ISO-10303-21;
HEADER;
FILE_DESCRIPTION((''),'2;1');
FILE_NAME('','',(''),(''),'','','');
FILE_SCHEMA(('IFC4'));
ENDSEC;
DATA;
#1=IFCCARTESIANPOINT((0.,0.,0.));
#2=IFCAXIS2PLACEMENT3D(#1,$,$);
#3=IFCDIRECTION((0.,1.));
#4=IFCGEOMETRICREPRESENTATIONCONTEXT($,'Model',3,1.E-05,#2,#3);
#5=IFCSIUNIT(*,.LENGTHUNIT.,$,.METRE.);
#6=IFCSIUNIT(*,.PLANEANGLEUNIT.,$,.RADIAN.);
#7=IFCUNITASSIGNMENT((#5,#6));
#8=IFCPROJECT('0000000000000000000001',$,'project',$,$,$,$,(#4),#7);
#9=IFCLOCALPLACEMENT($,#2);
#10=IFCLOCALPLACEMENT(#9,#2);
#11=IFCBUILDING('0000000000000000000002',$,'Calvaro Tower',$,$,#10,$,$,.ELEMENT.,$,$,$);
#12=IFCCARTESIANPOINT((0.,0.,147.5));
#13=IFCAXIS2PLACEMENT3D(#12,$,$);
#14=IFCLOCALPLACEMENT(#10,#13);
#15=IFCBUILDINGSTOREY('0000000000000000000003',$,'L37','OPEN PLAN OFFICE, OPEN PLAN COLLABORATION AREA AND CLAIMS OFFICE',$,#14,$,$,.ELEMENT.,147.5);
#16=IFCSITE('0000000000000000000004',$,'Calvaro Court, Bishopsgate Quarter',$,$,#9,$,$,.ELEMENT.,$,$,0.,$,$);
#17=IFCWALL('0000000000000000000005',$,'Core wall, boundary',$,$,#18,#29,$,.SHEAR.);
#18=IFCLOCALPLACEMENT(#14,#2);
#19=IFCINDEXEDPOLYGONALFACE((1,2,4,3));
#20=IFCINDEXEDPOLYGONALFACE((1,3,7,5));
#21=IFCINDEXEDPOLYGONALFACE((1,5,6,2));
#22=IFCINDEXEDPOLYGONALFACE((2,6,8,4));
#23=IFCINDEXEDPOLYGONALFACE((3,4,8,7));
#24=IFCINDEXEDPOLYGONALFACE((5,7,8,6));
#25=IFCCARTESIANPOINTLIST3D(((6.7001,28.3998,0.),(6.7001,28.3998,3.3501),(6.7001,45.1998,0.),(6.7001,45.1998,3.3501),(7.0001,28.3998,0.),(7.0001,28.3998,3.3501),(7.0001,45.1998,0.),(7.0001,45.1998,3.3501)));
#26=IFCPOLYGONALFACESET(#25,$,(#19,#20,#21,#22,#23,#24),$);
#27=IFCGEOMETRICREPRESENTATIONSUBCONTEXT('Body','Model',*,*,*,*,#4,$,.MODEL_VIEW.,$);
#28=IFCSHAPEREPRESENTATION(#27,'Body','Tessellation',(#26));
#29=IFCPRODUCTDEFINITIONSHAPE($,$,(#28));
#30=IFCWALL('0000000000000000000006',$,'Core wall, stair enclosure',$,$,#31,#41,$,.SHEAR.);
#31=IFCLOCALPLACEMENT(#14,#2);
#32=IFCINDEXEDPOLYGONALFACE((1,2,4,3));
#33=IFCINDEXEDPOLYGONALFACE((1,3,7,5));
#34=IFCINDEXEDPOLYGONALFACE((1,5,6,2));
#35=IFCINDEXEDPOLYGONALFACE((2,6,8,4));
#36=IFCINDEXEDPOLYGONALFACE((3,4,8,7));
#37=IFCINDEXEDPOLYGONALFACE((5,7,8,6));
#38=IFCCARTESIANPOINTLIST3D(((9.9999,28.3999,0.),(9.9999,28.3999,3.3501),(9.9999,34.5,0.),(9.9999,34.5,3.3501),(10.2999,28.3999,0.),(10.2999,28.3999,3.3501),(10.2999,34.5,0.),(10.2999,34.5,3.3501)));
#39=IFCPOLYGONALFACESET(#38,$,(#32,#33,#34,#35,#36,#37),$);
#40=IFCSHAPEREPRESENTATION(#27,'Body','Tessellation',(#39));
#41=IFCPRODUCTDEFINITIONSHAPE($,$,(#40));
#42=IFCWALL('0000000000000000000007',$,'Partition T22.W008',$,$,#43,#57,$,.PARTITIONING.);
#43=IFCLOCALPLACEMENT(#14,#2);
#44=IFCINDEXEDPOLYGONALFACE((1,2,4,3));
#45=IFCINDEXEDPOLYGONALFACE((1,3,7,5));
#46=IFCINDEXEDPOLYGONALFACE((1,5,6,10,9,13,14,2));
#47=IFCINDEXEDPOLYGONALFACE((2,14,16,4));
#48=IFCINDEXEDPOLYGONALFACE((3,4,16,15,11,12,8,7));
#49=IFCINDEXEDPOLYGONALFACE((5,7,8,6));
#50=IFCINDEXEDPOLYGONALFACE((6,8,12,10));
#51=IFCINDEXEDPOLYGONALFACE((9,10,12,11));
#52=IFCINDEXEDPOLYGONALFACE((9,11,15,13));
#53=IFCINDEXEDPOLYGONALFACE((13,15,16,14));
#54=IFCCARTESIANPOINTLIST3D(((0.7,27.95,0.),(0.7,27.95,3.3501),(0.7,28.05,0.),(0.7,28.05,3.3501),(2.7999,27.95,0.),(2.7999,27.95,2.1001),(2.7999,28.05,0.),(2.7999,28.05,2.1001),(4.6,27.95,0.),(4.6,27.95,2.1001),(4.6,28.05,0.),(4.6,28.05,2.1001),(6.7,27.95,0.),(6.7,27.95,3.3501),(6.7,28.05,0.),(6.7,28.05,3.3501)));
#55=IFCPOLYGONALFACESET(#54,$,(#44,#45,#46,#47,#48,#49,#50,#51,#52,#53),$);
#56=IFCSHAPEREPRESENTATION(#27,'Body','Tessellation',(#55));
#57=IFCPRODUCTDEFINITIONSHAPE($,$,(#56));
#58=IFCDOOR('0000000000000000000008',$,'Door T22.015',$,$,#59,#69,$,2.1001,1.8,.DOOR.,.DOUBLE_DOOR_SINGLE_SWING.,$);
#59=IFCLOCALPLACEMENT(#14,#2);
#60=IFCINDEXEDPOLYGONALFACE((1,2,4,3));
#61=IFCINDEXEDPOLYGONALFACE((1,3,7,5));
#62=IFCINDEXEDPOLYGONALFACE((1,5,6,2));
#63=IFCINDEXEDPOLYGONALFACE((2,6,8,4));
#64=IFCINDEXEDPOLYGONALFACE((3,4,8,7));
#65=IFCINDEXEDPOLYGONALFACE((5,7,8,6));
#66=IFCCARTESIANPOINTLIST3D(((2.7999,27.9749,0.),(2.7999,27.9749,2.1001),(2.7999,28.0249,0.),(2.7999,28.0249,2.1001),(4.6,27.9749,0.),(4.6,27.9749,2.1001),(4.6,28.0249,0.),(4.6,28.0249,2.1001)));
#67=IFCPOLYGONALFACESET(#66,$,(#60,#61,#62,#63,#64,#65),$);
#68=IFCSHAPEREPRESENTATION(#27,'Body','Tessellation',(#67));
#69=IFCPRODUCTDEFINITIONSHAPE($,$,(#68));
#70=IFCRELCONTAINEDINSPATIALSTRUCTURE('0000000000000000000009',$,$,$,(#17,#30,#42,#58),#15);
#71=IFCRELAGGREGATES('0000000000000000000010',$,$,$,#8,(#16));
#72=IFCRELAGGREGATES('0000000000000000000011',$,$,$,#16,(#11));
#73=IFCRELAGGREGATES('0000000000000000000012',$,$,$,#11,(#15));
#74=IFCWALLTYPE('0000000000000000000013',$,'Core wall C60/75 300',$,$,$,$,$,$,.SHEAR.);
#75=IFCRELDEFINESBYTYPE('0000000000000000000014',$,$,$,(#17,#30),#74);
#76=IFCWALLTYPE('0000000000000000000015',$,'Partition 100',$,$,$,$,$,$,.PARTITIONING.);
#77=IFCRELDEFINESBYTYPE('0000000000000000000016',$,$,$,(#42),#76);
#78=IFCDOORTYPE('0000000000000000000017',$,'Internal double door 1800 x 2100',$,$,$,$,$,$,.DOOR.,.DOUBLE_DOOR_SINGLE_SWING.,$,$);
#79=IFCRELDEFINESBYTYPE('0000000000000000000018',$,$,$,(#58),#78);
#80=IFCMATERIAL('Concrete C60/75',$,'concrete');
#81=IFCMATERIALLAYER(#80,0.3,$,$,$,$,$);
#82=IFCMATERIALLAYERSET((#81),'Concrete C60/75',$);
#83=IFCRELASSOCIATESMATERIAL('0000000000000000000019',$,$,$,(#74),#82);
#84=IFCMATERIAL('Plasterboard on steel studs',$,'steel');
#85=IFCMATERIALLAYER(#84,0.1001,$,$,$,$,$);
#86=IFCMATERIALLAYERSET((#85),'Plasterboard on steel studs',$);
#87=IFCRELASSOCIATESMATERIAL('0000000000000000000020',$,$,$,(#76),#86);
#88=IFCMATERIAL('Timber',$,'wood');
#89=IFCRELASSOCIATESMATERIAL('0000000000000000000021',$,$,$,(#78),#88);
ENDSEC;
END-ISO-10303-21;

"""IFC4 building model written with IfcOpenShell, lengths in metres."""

from ifc_helpers import new_model, si_unit, direction, frame, frame_2d, origin, place, context, subcontext, project, spatial, rectangle, extrude, material, layer, layer_set, type_object, element, fill, save


model = new_model("IFC4")

# Units and contexts
model_context = context("Model", 3, precision=1e-05, world=origin(), true_north=direction((0.0, 1.0)))
body_context = subcontext(model_context, "Body", "Model", "MODEL_VIEW")
ifc_project = project(units=[si_unit("LENGTHUNIT", "METRE"), si_unit("PLANEANGLEUNIT", "RADIAN")], contexts=[model_context])

# Site, building, storey
site_placement = place(None, origin())
site = spatial("IfcSite", under=ifc_project, at=site_placement, Name="Calvaro Court, Bishopsgate Quarter", CompositionType="ELEMENT", RefElevation=0.0)
building_placement = place(site_placement, origin())
building = spatial("IfcBuilding", under=site, at=building_placement, Name="Calvaro Tower", CompositionType="ELEMENT")
storey_placement = place(building_placement, frame((0.0, 0.0, 147.5)))
storey = spatial("IfcBuildingStorey", under=building, at=storey_placement, Name="L37", Description="OPEN PLAN OFFICE, OPEN PLAN COLLABORATION AREA AND CLAIMS OFFICE", CompositionType="ELEMENT", Elevation=147.5)

# Walls
ifc_material_1 = material(Name="Concrete C60/75", Category="concrete")
ifc_layer_1 = layer(ifc_material_1, 0.3)
ifc_layer_set_1 = layer_set([ifc_layer_1], Name="Concrete C60/75")
wall_type_1 = type_object("IfcWallType", Name="Core wall C60/75 300", PredefinedType="SHEAR", material=ifc_layer_set_1)
wall_1_placement = place(storey_placement, frame((6.8501, 28.3999, 0.0), z_axis=(0.0, 0.0, 1.0), x_axis=(0.0, 1.0, 0.0)))
element("IfcWall", 1, at=wall_1_placement, inside=storey, type_object=wall_type_1, Name="Core wall, boundary", PredefinedType="SHEAR", context=body_context, shape_type="SweptSolid", body=[
    extrude(rectangle(XDim=16.8, YDim=0.3, at=frame_2d((8.3999, 0.0))), origin(), (0.0, 0.0, 1.0), 3.3501),
])
wall_2_placement = place(storey_placement, frame((10.1499, 28.3999, 0.0), z_axis=(0.0, 0.0, 1.0), x_axis=(0.0, 1.0, 0.0)))
element("IfcWall", 2, at=wall_2_placement, inside=storey, type_object=wall_type_1, Name="Core wall, stair enclosure", PredefinedType="SHEAR", context=body_context, shape_type="SweptSolid", body=[
    extrude(rectangle(XDim=6.1001, YDim=0.3, at=frame_2d((3.05, 0.0))), origin(), (0.0, 0.0, 1.0), 3.3501),
])

# Wall, opening, door
ifc_material_2 = material(Name="Plasterboard on steel studs", Category="steel")
ifc_layer_2 = layer(ifc_material_2, 0.1001)
ifc_layer_set_2 = layer_set([ifc_layer_2], Name="Plasterboard on steel studs")
wall_type_2 = type_object("IfcWallType", Name="Partition 100", PredefinedType="PARTITIONING", material=ifc_layer_set_2)
wall_3_placement = place(storey_placement, frame((0.7, 28.0, 0.0), z_axis=(0.0, 0.0, 1.0), x_axis=(1.0, 0.0, 0.0)))
wall_3 = element("IfcWall", 3, at=wall_3_placement, inside=storey, type_object=wall_type_2, Name="Partition T22.W008", PredefinedType="PARTITIONING", context=body_context, shape_type="SweptSolid", body=[
    extrude(rectangle(XDim=6.0, YDim=0.1001, at=frame_2d((3.0, 0.0))), origin(), (0.0, 0.0, 1.0), 3.3501),
])
opening_1_placement = place(wall_3_placement, frame((2.1001, 0.0, 0.0)))
opening_1 = element("IfcOpeningElement", 4, at=opening_1_placement, cuts=wall_3, PredefinedType="OPENING", context=body_context, shape_type="SweptSolid", body=[
    extrude(rectangle(XDim=1.8, YDim=2.1001, at=frame_2d((0.8999, 1.05))), frame((0.0, 0.0601, 0.0), z_axis=(0.0, -1.0, 0.0), x_axis=(1.0, 0.0, 0.0)), (0.0, 0.0, 1.0), 0.1201),
])
ifc_material_3 = material(Name="Timber", Category="wood")
door_type_1 = type_object("IfcDoorType", Name="Internal double door 1800 x 2100", OperationType="DOUBLE_DOOR_SINGLE_SWING", PredefinedType="DOOR", material=ifc_material_3)
door_1_placement = place(opening_1_placement, origin())
door_1 = element("IfcDoor", 5, at=door_1_placement, inside=storey, type_object=door_type_1, Name="Door T22.015", OperationType="DOUBLE_DOOR_SINGLE_SWING", OverallHeight=2.1001, OverallWidth=1.8, PredefinedType="DOOR", context=body_context, shape_type="SweptSolid", body=[
    extrude(rectangle(XDim=1.8, YDim=2.1001, at=frame_2d((0.8999, 1.05))), frame((0.0, 0.0249, 0.0), z_axis=(0.0, -1.0, 0.0), x_axis=(1.0, 0.0, 0.0)), (0.0, 0.0, 1.0), 0.05),
])
fill(opening_1, door_1)

save(model, "model.ifc")
